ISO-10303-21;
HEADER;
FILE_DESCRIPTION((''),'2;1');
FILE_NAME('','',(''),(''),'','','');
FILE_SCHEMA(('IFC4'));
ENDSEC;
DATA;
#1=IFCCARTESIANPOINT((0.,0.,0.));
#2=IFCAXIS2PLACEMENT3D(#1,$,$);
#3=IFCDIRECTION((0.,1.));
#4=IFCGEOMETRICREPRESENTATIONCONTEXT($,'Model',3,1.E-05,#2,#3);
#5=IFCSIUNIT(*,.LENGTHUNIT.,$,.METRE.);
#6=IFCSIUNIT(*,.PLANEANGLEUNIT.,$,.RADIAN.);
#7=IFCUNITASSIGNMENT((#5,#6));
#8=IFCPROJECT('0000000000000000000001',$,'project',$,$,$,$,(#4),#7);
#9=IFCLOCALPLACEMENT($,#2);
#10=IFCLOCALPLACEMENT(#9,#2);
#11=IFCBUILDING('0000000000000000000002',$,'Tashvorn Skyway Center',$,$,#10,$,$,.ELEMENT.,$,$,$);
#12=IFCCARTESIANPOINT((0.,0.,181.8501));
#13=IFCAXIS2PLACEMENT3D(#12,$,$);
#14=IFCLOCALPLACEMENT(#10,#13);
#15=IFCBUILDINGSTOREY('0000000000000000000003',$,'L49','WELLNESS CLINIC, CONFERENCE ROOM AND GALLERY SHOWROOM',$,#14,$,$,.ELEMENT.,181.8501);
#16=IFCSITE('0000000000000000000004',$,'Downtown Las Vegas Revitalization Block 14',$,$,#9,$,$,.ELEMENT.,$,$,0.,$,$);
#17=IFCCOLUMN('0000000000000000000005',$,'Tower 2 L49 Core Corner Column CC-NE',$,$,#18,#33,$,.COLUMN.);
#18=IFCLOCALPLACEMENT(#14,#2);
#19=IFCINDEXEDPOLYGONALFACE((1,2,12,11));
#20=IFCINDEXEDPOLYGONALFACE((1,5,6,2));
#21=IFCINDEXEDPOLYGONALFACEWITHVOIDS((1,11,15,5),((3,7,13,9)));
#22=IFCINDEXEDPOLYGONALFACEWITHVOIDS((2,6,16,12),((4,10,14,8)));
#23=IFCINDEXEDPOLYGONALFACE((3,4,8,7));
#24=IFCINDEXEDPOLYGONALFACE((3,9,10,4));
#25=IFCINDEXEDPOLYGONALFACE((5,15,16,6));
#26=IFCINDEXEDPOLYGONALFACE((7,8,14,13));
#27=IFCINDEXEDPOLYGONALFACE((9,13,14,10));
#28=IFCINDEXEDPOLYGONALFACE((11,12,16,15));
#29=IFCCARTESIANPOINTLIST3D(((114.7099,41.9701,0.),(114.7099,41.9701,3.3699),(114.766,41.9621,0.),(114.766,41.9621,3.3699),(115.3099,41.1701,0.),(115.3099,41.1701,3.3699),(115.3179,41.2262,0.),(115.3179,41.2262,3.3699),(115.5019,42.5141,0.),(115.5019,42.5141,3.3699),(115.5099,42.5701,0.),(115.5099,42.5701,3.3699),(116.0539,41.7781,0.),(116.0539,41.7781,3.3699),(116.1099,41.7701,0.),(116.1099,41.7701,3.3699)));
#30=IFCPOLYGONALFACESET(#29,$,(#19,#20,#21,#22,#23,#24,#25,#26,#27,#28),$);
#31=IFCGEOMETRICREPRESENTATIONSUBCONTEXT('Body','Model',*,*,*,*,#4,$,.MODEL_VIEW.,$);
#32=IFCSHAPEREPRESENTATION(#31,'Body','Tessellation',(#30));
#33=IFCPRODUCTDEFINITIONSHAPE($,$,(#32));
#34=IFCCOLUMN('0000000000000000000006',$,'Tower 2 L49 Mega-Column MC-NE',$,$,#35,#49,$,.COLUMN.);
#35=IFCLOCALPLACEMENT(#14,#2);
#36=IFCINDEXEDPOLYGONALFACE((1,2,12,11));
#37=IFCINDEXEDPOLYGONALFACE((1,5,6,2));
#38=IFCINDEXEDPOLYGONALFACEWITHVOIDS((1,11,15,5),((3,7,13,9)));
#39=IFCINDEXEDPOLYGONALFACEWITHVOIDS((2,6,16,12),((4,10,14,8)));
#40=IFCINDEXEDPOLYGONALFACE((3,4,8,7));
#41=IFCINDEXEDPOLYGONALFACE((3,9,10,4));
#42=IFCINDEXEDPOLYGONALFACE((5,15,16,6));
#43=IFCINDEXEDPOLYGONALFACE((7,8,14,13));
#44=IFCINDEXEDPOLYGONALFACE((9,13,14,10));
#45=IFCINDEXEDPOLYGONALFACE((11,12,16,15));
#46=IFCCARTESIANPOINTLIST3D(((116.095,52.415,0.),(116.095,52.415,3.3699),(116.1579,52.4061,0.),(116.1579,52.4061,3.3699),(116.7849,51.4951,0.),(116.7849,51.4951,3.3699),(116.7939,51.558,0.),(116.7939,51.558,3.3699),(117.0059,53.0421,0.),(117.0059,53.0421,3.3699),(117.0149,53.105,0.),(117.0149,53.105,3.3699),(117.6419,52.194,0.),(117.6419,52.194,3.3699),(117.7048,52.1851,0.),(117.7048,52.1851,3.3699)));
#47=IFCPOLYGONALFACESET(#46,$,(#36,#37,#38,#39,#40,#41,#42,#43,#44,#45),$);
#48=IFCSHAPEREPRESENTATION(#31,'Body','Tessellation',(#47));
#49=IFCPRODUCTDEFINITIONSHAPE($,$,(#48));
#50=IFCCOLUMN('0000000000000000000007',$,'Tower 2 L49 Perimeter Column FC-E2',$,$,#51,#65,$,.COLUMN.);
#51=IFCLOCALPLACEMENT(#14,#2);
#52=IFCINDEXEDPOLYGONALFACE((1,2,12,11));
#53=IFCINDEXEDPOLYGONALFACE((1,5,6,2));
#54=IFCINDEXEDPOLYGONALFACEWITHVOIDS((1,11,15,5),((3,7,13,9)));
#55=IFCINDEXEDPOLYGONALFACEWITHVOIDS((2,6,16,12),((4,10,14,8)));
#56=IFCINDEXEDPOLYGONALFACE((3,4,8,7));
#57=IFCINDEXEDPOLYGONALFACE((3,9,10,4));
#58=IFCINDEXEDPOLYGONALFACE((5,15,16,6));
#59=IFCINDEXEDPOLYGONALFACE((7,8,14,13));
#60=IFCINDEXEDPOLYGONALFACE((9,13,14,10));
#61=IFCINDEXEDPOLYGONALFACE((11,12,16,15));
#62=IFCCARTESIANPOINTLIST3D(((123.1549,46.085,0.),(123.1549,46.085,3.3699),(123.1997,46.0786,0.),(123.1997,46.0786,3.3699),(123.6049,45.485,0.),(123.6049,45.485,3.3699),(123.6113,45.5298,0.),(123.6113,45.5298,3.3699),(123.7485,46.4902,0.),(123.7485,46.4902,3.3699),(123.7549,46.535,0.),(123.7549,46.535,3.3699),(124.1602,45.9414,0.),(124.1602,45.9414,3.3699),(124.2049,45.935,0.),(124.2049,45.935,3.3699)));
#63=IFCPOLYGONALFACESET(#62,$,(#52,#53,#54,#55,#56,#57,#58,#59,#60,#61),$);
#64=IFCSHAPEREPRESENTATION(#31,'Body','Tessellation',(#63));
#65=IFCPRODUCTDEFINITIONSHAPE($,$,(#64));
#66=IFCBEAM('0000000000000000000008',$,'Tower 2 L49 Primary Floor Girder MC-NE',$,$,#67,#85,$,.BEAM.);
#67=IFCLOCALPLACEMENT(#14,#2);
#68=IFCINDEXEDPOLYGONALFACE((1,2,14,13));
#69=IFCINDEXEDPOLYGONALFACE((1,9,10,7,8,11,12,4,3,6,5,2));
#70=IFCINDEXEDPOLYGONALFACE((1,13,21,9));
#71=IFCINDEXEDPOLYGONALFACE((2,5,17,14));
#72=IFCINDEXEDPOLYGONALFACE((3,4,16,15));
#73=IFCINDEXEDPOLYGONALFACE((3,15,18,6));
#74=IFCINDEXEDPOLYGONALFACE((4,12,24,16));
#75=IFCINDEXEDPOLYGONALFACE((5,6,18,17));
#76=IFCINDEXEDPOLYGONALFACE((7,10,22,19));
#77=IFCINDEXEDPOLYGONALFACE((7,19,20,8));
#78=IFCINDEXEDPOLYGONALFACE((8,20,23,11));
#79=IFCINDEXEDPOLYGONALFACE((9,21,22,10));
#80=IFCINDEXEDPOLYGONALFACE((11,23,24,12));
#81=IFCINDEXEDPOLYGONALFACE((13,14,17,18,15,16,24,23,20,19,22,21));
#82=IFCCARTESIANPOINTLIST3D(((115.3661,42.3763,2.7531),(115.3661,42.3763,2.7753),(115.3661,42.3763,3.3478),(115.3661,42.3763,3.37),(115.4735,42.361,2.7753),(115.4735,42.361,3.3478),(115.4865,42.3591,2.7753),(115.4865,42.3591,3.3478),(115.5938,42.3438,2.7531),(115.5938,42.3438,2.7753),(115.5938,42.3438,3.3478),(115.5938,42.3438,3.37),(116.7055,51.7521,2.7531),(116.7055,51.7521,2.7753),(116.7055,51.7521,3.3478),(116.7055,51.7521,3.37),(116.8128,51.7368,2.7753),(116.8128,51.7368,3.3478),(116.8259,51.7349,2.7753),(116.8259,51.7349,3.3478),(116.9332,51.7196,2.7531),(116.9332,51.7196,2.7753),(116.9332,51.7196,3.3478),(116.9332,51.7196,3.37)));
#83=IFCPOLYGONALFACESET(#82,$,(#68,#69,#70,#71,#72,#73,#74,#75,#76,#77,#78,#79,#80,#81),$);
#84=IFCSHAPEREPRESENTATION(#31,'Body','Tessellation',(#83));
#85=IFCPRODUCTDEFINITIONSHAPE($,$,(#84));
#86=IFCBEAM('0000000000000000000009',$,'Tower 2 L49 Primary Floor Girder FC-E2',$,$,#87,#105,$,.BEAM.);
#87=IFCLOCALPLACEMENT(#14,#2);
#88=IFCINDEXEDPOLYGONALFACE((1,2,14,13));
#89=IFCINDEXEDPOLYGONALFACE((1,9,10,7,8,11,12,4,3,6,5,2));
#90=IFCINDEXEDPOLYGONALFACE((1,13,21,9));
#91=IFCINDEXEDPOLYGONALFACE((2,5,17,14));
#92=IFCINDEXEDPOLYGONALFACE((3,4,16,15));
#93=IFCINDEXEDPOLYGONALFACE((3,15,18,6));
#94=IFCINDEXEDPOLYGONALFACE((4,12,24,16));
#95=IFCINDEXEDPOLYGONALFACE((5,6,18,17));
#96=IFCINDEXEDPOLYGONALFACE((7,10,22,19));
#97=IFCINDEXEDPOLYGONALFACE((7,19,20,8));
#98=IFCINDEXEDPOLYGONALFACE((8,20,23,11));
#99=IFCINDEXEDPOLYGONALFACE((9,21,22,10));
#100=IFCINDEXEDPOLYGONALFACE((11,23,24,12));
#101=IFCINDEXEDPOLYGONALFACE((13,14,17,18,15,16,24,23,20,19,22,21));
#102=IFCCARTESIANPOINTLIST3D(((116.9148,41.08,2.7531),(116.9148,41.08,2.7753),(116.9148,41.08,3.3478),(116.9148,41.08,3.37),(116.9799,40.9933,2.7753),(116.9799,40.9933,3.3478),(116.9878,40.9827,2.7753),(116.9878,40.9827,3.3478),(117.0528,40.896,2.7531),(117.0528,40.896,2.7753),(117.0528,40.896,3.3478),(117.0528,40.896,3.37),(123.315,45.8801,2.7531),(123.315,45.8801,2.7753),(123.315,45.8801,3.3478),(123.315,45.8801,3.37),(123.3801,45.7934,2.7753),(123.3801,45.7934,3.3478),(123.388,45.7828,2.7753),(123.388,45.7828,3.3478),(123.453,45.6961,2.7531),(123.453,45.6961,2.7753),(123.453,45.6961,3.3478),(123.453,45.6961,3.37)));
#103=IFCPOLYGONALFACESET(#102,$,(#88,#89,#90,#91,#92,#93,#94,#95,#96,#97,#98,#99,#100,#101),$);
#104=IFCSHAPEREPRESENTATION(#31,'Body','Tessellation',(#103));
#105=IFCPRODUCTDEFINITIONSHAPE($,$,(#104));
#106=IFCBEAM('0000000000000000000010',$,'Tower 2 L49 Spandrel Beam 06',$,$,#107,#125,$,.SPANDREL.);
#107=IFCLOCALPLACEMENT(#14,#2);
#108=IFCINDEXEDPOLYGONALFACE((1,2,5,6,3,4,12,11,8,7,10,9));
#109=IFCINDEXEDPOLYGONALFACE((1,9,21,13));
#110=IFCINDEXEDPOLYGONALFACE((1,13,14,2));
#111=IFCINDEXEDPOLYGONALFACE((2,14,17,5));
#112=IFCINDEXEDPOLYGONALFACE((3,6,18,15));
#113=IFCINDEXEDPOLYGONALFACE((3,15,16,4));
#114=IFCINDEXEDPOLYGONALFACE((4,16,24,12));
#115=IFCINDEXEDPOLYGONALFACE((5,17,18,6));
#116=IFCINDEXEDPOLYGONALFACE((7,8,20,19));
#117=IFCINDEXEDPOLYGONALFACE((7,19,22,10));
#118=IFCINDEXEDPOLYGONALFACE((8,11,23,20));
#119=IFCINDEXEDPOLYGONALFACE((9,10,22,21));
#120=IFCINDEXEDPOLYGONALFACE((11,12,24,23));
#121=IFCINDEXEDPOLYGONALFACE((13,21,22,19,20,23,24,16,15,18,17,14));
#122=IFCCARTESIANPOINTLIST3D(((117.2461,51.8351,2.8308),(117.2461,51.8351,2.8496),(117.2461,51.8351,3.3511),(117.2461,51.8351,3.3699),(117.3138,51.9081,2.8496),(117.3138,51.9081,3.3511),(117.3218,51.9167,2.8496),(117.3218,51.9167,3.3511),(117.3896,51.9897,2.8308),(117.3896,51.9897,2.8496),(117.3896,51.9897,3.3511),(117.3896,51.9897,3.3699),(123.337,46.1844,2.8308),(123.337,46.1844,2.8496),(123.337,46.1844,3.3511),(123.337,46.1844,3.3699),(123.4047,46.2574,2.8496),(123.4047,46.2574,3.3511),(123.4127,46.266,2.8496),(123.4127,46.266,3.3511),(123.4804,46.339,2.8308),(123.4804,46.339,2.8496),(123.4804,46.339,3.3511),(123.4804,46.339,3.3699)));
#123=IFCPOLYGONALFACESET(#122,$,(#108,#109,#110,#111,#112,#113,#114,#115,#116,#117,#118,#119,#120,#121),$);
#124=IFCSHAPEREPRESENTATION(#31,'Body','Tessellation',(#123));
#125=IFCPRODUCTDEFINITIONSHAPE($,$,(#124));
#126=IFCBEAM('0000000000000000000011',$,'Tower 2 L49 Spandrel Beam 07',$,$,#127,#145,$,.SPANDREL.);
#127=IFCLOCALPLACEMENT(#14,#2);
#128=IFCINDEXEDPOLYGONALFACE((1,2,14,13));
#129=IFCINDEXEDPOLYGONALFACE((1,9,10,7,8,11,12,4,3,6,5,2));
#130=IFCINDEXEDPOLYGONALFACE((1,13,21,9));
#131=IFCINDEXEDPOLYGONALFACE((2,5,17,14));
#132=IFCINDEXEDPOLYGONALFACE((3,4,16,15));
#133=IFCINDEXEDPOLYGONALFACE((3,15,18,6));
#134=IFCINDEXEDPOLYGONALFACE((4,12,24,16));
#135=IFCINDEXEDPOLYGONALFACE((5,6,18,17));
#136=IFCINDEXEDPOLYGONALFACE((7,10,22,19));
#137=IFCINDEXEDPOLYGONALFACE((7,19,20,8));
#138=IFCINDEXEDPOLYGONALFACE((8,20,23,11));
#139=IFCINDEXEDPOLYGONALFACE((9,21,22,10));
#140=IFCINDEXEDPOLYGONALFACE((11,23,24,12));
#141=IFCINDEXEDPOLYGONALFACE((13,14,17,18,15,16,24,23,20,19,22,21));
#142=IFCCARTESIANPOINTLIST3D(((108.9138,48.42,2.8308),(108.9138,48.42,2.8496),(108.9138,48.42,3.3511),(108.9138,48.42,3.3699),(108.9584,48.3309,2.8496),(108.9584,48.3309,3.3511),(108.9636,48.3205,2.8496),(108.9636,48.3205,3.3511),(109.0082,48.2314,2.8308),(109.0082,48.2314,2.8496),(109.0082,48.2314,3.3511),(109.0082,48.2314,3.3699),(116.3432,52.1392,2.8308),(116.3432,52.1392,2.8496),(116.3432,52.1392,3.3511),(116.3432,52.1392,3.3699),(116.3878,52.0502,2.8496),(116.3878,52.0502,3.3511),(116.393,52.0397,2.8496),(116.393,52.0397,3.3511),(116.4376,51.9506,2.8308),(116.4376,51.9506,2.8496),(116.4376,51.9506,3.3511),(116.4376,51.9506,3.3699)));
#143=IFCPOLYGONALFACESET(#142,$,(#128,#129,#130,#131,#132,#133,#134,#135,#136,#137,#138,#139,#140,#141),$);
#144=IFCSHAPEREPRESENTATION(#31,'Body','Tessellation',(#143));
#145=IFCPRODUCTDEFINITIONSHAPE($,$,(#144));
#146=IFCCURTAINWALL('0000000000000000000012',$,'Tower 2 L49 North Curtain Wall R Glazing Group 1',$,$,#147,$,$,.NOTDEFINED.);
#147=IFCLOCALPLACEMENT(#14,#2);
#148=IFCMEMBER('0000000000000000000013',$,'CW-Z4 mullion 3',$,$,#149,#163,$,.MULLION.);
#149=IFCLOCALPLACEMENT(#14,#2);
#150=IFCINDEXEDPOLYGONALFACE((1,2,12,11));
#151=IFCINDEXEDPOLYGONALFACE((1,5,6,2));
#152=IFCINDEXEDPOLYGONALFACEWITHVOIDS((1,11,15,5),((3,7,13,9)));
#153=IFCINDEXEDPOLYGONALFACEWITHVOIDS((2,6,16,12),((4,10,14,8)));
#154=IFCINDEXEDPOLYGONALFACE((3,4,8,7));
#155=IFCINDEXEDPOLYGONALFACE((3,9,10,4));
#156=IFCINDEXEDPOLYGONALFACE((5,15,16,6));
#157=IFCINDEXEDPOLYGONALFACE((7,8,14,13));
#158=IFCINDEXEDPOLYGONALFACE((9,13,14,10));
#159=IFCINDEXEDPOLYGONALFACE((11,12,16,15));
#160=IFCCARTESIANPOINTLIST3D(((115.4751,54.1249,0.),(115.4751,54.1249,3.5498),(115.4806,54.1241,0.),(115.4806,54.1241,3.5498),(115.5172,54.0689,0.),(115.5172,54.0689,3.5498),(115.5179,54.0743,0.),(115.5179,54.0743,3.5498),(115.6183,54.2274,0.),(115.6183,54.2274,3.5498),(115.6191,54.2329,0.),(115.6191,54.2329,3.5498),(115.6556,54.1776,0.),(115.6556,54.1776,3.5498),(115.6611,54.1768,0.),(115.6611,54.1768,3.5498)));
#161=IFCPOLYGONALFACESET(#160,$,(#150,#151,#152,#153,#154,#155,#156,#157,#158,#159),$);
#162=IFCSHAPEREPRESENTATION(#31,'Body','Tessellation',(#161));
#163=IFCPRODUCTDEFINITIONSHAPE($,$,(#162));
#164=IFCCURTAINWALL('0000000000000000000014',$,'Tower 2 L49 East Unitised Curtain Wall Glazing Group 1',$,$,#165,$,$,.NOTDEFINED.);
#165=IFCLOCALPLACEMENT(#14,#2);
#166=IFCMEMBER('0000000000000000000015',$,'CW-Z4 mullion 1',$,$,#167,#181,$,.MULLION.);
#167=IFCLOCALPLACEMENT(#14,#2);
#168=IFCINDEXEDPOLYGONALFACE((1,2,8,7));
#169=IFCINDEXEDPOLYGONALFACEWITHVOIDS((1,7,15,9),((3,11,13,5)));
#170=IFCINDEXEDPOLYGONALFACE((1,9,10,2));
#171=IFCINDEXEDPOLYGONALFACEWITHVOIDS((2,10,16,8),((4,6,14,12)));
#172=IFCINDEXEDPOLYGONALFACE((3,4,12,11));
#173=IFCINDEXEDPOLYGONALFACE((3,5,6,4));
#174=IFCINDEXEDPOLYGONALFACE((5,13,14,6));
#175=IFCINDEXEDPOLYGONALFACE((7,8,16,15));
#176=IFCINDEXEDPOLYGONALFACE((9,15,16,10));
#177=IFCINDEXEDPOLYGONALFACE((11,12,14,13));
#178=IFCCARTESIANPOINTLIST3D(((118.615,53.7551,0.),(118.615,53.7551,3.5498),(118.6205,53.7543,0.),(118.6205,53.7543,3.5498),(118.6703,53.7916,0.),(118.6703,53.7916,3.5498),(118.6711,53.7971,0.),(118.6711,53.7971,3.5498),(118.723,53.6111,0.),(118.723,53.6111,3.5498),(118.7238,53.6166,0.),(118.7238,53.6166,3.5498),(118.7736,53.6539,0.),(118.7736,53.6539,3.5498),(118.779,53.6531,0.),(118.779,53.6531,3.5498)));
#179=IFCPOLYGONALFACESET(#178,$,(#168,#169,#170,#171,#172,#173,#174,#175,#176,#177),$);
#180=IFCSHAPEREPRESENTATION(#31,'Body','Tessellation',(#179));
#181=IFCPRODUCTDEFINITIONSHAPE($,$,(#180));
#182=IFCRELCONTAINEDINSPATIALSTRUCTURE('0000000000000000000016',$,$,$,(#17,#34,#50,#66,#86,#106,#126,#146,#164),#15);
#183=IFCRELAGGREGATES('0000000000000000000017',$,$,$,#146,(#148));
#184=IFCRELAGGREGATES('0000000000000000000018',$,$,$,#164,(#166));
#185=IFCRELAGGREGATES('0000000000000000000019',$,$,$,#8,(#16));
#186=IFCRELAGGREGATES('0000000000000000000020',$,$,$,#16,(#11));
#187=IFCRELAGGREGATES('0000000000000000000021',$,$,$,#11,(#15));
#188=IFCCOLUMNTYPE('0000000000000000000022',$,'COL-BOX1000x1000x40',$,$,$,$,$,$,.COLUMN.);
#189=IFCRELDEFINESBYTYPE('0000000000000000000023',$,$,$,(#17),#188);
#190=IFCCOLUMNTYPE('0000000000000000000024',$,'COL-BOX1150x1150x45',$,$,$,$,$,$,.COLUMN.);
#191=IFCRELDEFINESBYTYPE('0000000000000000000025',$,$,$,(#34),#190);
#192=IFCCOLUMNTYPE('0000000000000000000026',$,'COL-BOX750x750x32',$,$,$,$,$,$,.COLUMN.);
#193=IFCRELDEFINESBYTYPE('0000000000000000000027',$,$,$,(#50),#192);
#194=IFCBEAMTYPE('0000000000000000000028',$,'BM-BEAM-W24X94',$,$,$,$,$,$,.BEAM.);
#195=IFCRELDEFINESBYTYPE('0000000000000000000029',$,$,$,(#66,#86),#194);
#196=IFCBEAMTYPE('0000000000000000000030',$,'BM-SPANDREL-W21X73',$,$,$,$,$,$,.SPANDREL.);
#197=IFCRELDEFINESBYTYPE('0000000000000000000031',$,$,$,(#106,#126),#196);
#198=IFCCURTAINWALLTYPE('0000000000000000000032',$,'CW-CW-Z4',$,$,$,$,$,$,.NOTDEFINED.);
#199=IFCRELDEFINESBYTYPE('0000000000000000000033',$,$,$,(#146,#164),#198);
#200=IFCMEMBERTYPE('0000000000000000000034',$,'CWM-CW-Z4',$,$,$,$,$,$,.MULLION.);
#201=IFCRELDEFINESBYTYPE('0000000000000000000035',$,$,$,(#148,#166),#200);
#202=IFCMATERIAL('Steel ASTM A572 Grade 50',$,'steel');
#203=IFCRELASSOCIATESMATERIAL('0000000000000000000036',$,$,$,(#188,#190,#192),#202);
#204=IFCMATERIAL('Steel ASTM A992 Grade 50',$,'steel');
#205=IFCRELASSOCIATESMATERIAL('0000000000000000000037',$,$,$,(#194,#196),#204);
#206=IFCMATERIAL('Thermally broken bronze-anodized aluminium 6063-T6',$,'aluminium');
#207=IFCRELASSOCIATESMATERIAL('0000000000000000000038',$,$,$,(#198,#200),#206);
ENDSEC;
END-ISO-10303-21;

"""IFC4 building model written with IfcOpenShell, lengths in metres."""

from ifc_helpers import new_model, si_unit, direction, frame, origin, origin_2d, place, context, subcontext, project, spatial, hollow_rectangle, i_section, extrude, material, material_profile, profile_set, type_object, element, aggregate, save


model = new_model("IFC4")

# Units and contexts
model_context = context("Model", 3, precision=1e-05, world=origin(), true_north=direction((0.0, 1.0)))
body_context = subcontext(model_context, "Body", "Model", "MODEL_VIEW")
ifc_project = project(units=[si_unit("LENGTHUNIT", "METRE"), si_unit("PLANEANGLEUNIT", "RADIAN")], contexts=[model_context])

# Site, building, storey
site_placement = place(None, origin())
site = spatial("IfcSite", under=ifc_project, at=site_placement, Name="Downtown Las Vegas Revitalization Block 14", CompositionType="ELEMENT", RefElevation=0.0)
building_placement = place(site_placement, origin())
building = spatial("IfcBuilding", under=site, at=building_placement, Name="Tashvorn Skyway Center", CompositionType="ELEMENT")
storey_placement = place(building_placement, frame((0.0, 0.0, 181.8501)))
storey = spatial("IfcBuildingStorey", under=building, at=storey_placement, Name="L49", Description="WELLNESS CLINIC, CONFERENCE ROOM AND GALLERY SHOWROOM", CompositionType="ELEMENT", Elevation=181.8501)

# Columns
ifc_material_1 = material(Name="Steel ASTM A572 Grade 50", Category="steel")
ifc_material_profile_1 = material_profile(ifc_material_1, hollow_rectangle(XDim=1.0, YDim=1.0, WallThickness=0.04, at=origin_2d()), Name="BOX1000x1000x40")
ifc_profile_set_1 = profile_set([ifc_material_profile_1], Name="Steel ASTM A572 Grade 50")
column_type_1 = type_object("IfcColumnType", Name="COL-BOX1000x1000x40", PredefinedType="COLUMN", material=ifc_profile_set_1)
column_1_placement = place(storey_placement, frame((115.4099, 41.8701, 0.0), z_axis=(0.0, 0.0, 1.0), x_axis=(0.8, 0.6, 0.0)))
element("IfcColumn", 1, at=column_1_placement, inside=storey, type_object=column_type_1, Name="Tower 2 L49 Core Corner Column CC-NE", PredefinedType="COLUMN", context=body_context, shape_type="SweptSolid", body=[
    extrude(hollow_rectangle(XDim=1.0, YDim=1.0, WallThickness=0.04, at=origin_2d()), origin(), (0.0, 0.0, 1.0), 3.3699),
])
ifc_material_profile_2 = material_profile(ifc_material_1, hollow_rectangle(XDim=1.1499, YDim=1.1499, WallThickness=0.0449, at=origin_2d()), Name="BOX1150x1150x45")
ifc_profile_set_2 = profile_set([ifc_material_profile_2], Name="Steel ASTM A572 Grade 50")
column_type_2 = type_object("IfcColumnType", Name="COL-BOX1150x1150x45", PredefinedType="COLUMN", material=ifc_profile_set_2)
column_2_placement = place(storey_placement, frame((116.8999, 52.3, 0.0), z_axis=(0.0, 0.0, 1.0), x_axis=(0.8, 0.6, 0.0)))
element("IfcColumn", 2, at=column_2_placement, inside=storey, type_object=column_type_2, Name="Tower 2 L49 Mega-Column MC-NE", PredefinedType="COLUMN", context=body_context, shape_type="SweptSolid", body=[
    extrude(hollow_rectangle(XDim=1.1499, YDim=1.1499, WallThickness=0.0449, at=origin_2d()), origin(), (0.0, 0.0, 1.0), 3.3699),
])
ifc_material_profile_3 = material_profile(ifc_material_1, hollow_rectangle(XDim=0.75, YDim=0.75, WallThickness=0.032, at=origin_2d()), Name="BOX750x750x32")
ifc_profile_set_3 = profile_set([ifc_material_profile_3], Name="Steel ASTM A572 Grade 50")
column_type_3 = type_object("IfcColumnType", Name="COL-BOX750x750x32", PredefinedType="COLUMN", material=ifc_profile_set_3)
column_3_placement = place(storey_placement, frame((123.6799, 46.01, 0.0), z_axis=(0.0, 0.0, 1.0), x_axis=(0.8, 0.6, 0.0)))
element("IfcColumn", 3, at=column_3_placement, inside=storey, type_object=column_type_3, Name="Tower 2 L49 Perimeter Column FC-E2", PredefinedType="COLUMN", context=body_context, shape_type="SweptSolid", body=[
    extrude(hollow_rectangle(XDim=0.75, YDim=0.75, WallThickness=0.032, at=origin_2d()), origin(), (0.0, 0.0, 1.0), 3.3699),
])

# Beams
ifc_material_2 = material(Name="Steel ASTM A992 Grade 50", Category="steel")
ifc_material_profile_4 = material_profile(ifc_material_2, i_section(OverallWidth=0.23, OverallDepth=0.6169, WebThickness=0.0132, FlangeThickness=0.0222, at=origin_2d()), Name="W24X94")
ifc_profile_set_4 = profile_set([ifc_material_profile_4], Name="Steel ASTM A992 Grade 50")
beam_type_1 = type_object("IfcBeamType", Name="BM-BEAM-W24X94", PredefinedType="BEAM", material=ifc_profile_set_4)
beam_1_placement = place(storey_placement, frame((116.8193, 51.7358, 3.0615), z_axis=(-0.141418, -0.98995, 0.0), x_axis=(0.98995, -0.141418, 0.0)))
element("IfcBeam", 4, at=beam_1_placement, inside=storey, type_object=beam_type_1, Name="Tower 2 L49 Primary Floor Girder MC-NE", PredefinedType="BEAM", context=body_context, shape_type="SweptSolid", body=[
    extrude(i_section(OverallWidth=0.23, OverallDepth=0.6169, WebThickness=0.0132, FlangeThickness=0.0222, at=origin_2d()), origin(), (0.0, 0.0, 1.0), 9.4709),
])
beam_2_placement = place(storey_placement, frame((123.384, 45.7881, 3.0615), z_axis=(-0.800004, -0.599995, 0.0), x_axis=(0.599995, -0.800004, 0.0)))
element("IfcBeam", 5, at=beam_2_placement, inside=storey, type_object=beam_type_1, Name="Tower 2 L49 Primary Floor Girder FC-E2", PredefinedType="BEAM", context=body_context, shape_type="SweptSolid", body=[
    extrude(i_section(OverallWidth=0.23, OverallDepth=0.6169, WebThickness=0.0132, FlangeThickness=0.0222, at=origin_2d()), origin(), (0.0, 0.0, 1.0), 8.0002),
])
ifc_material_profile_5 = material_profile(ifc_material_2, i_section(OverallWidth=0.2109, OverallDepth=0.5391, WebThickness=0.0117, FlangeThickness=0.0188, at=origin_2d()), Name="W21X73")
ifc_profile_set_5 = profile_set([ifc_material_profile_5], Name="Steel ASTM A992 Grade 50")
beam_type_2 = type_object("IfcBeamType", Name="BM-SPANDREL-W21X73", PredefinedType="SPANDREL", material=ifc_profile_set_5)
for number, where, z_axis, x_axis, name in (
    (6, (123.4087, 46.2617, 3.1003), (-0.733101, 0.68012, 0.0), (-0.68012, -0.733101, 0.0), "Tower 2 L49 Spandrel Beam 06"),
    (7, (116.3904, 52.0449, 3.1003), (-0.89421, -0.447648, 0.0), (0.447648, -0.89421, 0.0), "Tower 2 L49 Spandrel Beam 07"),
):
    element("IfcBeam", number, at=place(storey_placement, frame(where, z_axis=z_axis, x_axis=x_axis)), inside=storey, type_object=beam_type_2, Name=name, PredefinedType="SPANDREL", context=body_context, shape_type="SweptSolid", body=[
        extrude(i_section(OverallWidth=0.2109, OverallDepth=0.5391, WebThickness=0.0117, FlangeThickness=0.0188, at=origin_2d()), origin(), (0.0, 0.0, 1.0), 8.3083),
    ])

# Curtain wall, member
ifc_material_3 = material(Name="Thermally broken bronze-anodized aluminium 6063-T6", Category="aluminium")
curtain_wall_type = type_object("IfcCurtainWallType", Name="CW-CW-Z4", PredefinedType="NOTDEFINED", material=ifc_material_3)
curtain_wall_1_placement = place(storey_placement, origin())
curtain_wall_1 = element("IfcCurtainWall", 8, at=curtain_wall_1_placement, inside=storey, type_object=curtain_wall_type, Name="Tower 2 L49 North Curtain Wall R Glazing Group 1", PredefinedType="NOTDEFINED")
ifc_material_profile_6 = material_profile(ifc_material_3, hollow_rectangle(XDim=0.0701, YDim=0.1799, WallThickness=0.0039, at=origin_2d()), Name="ALU-MULL-70x180")
ifc_profile_set_6 = profile_set([ifc_material_profile_6], Name="Thermally broken bronze-anodized aluminium 6063-T6")
member_type_1 = type_object("IfcMemberType", Name="CWM-CW-Z4", PredefinedType="MULLION", material=ifc_profile_set_6)
member_1_placement = place(storey_placement, frame((115.5681, 54.1509, 0.0), z_axis=(0.0, 0.0, 1.0), x_axis=(-0.600002, 0.799998, 0.0)))
member_1 = element("IfcMember", 9, at=member_1_placement, type_object=member_type_1, Name="CW-Z4 mullion 3", PredefinedType="MULLION", context=body_context, shape_type="SweptSolid", body=[
    extrude(hollow_rectangle(XDim=0.0701, YDim=0.1799, WallThickness=0.0039, at=origin_2d()), origin(), (0.0, 0.0, 1.0), 3.5498),
])

# Curtain wall, member
curtain_wall_2_placement = place(storey_placement, origin())
curtain_wall_2 = element("IfcCurtainWall", 10, at=curtain_wall_2_placement, inside=storey, type_object=curtain_wall_type, Name="Tower 2 L49 East Unitised Curtain Wall Glazing Group 1", PredefinedType="NOTDEFINED")
member_2_placement = place(storey_placement, frame((118.697, 53.7041, 0.0), z_axis=(0.0, 0.0, 1.0), x_axis=(0.8, 0.6, 0.0)))
member_2 = element("IfcMember", 11, at=member_2_placement, type_object=member_type_1, Name="CW-Z4 mullion 1", PredefinedType="MULLION", context=body_context, shape_type="SweptSolid", body=[
    extrude(hollow_rectangle(XDim=0.0701, YDim=0.1799, WallThickness=0.0039, at=origin_2d()), origin(), (0.0, 0.0, 1.0), 3.5498),
])

aggregate(curtain_wall_1, [member_1])
aggregate(curtain_wall_2, [member_2])

save(model, "model.ifc")
